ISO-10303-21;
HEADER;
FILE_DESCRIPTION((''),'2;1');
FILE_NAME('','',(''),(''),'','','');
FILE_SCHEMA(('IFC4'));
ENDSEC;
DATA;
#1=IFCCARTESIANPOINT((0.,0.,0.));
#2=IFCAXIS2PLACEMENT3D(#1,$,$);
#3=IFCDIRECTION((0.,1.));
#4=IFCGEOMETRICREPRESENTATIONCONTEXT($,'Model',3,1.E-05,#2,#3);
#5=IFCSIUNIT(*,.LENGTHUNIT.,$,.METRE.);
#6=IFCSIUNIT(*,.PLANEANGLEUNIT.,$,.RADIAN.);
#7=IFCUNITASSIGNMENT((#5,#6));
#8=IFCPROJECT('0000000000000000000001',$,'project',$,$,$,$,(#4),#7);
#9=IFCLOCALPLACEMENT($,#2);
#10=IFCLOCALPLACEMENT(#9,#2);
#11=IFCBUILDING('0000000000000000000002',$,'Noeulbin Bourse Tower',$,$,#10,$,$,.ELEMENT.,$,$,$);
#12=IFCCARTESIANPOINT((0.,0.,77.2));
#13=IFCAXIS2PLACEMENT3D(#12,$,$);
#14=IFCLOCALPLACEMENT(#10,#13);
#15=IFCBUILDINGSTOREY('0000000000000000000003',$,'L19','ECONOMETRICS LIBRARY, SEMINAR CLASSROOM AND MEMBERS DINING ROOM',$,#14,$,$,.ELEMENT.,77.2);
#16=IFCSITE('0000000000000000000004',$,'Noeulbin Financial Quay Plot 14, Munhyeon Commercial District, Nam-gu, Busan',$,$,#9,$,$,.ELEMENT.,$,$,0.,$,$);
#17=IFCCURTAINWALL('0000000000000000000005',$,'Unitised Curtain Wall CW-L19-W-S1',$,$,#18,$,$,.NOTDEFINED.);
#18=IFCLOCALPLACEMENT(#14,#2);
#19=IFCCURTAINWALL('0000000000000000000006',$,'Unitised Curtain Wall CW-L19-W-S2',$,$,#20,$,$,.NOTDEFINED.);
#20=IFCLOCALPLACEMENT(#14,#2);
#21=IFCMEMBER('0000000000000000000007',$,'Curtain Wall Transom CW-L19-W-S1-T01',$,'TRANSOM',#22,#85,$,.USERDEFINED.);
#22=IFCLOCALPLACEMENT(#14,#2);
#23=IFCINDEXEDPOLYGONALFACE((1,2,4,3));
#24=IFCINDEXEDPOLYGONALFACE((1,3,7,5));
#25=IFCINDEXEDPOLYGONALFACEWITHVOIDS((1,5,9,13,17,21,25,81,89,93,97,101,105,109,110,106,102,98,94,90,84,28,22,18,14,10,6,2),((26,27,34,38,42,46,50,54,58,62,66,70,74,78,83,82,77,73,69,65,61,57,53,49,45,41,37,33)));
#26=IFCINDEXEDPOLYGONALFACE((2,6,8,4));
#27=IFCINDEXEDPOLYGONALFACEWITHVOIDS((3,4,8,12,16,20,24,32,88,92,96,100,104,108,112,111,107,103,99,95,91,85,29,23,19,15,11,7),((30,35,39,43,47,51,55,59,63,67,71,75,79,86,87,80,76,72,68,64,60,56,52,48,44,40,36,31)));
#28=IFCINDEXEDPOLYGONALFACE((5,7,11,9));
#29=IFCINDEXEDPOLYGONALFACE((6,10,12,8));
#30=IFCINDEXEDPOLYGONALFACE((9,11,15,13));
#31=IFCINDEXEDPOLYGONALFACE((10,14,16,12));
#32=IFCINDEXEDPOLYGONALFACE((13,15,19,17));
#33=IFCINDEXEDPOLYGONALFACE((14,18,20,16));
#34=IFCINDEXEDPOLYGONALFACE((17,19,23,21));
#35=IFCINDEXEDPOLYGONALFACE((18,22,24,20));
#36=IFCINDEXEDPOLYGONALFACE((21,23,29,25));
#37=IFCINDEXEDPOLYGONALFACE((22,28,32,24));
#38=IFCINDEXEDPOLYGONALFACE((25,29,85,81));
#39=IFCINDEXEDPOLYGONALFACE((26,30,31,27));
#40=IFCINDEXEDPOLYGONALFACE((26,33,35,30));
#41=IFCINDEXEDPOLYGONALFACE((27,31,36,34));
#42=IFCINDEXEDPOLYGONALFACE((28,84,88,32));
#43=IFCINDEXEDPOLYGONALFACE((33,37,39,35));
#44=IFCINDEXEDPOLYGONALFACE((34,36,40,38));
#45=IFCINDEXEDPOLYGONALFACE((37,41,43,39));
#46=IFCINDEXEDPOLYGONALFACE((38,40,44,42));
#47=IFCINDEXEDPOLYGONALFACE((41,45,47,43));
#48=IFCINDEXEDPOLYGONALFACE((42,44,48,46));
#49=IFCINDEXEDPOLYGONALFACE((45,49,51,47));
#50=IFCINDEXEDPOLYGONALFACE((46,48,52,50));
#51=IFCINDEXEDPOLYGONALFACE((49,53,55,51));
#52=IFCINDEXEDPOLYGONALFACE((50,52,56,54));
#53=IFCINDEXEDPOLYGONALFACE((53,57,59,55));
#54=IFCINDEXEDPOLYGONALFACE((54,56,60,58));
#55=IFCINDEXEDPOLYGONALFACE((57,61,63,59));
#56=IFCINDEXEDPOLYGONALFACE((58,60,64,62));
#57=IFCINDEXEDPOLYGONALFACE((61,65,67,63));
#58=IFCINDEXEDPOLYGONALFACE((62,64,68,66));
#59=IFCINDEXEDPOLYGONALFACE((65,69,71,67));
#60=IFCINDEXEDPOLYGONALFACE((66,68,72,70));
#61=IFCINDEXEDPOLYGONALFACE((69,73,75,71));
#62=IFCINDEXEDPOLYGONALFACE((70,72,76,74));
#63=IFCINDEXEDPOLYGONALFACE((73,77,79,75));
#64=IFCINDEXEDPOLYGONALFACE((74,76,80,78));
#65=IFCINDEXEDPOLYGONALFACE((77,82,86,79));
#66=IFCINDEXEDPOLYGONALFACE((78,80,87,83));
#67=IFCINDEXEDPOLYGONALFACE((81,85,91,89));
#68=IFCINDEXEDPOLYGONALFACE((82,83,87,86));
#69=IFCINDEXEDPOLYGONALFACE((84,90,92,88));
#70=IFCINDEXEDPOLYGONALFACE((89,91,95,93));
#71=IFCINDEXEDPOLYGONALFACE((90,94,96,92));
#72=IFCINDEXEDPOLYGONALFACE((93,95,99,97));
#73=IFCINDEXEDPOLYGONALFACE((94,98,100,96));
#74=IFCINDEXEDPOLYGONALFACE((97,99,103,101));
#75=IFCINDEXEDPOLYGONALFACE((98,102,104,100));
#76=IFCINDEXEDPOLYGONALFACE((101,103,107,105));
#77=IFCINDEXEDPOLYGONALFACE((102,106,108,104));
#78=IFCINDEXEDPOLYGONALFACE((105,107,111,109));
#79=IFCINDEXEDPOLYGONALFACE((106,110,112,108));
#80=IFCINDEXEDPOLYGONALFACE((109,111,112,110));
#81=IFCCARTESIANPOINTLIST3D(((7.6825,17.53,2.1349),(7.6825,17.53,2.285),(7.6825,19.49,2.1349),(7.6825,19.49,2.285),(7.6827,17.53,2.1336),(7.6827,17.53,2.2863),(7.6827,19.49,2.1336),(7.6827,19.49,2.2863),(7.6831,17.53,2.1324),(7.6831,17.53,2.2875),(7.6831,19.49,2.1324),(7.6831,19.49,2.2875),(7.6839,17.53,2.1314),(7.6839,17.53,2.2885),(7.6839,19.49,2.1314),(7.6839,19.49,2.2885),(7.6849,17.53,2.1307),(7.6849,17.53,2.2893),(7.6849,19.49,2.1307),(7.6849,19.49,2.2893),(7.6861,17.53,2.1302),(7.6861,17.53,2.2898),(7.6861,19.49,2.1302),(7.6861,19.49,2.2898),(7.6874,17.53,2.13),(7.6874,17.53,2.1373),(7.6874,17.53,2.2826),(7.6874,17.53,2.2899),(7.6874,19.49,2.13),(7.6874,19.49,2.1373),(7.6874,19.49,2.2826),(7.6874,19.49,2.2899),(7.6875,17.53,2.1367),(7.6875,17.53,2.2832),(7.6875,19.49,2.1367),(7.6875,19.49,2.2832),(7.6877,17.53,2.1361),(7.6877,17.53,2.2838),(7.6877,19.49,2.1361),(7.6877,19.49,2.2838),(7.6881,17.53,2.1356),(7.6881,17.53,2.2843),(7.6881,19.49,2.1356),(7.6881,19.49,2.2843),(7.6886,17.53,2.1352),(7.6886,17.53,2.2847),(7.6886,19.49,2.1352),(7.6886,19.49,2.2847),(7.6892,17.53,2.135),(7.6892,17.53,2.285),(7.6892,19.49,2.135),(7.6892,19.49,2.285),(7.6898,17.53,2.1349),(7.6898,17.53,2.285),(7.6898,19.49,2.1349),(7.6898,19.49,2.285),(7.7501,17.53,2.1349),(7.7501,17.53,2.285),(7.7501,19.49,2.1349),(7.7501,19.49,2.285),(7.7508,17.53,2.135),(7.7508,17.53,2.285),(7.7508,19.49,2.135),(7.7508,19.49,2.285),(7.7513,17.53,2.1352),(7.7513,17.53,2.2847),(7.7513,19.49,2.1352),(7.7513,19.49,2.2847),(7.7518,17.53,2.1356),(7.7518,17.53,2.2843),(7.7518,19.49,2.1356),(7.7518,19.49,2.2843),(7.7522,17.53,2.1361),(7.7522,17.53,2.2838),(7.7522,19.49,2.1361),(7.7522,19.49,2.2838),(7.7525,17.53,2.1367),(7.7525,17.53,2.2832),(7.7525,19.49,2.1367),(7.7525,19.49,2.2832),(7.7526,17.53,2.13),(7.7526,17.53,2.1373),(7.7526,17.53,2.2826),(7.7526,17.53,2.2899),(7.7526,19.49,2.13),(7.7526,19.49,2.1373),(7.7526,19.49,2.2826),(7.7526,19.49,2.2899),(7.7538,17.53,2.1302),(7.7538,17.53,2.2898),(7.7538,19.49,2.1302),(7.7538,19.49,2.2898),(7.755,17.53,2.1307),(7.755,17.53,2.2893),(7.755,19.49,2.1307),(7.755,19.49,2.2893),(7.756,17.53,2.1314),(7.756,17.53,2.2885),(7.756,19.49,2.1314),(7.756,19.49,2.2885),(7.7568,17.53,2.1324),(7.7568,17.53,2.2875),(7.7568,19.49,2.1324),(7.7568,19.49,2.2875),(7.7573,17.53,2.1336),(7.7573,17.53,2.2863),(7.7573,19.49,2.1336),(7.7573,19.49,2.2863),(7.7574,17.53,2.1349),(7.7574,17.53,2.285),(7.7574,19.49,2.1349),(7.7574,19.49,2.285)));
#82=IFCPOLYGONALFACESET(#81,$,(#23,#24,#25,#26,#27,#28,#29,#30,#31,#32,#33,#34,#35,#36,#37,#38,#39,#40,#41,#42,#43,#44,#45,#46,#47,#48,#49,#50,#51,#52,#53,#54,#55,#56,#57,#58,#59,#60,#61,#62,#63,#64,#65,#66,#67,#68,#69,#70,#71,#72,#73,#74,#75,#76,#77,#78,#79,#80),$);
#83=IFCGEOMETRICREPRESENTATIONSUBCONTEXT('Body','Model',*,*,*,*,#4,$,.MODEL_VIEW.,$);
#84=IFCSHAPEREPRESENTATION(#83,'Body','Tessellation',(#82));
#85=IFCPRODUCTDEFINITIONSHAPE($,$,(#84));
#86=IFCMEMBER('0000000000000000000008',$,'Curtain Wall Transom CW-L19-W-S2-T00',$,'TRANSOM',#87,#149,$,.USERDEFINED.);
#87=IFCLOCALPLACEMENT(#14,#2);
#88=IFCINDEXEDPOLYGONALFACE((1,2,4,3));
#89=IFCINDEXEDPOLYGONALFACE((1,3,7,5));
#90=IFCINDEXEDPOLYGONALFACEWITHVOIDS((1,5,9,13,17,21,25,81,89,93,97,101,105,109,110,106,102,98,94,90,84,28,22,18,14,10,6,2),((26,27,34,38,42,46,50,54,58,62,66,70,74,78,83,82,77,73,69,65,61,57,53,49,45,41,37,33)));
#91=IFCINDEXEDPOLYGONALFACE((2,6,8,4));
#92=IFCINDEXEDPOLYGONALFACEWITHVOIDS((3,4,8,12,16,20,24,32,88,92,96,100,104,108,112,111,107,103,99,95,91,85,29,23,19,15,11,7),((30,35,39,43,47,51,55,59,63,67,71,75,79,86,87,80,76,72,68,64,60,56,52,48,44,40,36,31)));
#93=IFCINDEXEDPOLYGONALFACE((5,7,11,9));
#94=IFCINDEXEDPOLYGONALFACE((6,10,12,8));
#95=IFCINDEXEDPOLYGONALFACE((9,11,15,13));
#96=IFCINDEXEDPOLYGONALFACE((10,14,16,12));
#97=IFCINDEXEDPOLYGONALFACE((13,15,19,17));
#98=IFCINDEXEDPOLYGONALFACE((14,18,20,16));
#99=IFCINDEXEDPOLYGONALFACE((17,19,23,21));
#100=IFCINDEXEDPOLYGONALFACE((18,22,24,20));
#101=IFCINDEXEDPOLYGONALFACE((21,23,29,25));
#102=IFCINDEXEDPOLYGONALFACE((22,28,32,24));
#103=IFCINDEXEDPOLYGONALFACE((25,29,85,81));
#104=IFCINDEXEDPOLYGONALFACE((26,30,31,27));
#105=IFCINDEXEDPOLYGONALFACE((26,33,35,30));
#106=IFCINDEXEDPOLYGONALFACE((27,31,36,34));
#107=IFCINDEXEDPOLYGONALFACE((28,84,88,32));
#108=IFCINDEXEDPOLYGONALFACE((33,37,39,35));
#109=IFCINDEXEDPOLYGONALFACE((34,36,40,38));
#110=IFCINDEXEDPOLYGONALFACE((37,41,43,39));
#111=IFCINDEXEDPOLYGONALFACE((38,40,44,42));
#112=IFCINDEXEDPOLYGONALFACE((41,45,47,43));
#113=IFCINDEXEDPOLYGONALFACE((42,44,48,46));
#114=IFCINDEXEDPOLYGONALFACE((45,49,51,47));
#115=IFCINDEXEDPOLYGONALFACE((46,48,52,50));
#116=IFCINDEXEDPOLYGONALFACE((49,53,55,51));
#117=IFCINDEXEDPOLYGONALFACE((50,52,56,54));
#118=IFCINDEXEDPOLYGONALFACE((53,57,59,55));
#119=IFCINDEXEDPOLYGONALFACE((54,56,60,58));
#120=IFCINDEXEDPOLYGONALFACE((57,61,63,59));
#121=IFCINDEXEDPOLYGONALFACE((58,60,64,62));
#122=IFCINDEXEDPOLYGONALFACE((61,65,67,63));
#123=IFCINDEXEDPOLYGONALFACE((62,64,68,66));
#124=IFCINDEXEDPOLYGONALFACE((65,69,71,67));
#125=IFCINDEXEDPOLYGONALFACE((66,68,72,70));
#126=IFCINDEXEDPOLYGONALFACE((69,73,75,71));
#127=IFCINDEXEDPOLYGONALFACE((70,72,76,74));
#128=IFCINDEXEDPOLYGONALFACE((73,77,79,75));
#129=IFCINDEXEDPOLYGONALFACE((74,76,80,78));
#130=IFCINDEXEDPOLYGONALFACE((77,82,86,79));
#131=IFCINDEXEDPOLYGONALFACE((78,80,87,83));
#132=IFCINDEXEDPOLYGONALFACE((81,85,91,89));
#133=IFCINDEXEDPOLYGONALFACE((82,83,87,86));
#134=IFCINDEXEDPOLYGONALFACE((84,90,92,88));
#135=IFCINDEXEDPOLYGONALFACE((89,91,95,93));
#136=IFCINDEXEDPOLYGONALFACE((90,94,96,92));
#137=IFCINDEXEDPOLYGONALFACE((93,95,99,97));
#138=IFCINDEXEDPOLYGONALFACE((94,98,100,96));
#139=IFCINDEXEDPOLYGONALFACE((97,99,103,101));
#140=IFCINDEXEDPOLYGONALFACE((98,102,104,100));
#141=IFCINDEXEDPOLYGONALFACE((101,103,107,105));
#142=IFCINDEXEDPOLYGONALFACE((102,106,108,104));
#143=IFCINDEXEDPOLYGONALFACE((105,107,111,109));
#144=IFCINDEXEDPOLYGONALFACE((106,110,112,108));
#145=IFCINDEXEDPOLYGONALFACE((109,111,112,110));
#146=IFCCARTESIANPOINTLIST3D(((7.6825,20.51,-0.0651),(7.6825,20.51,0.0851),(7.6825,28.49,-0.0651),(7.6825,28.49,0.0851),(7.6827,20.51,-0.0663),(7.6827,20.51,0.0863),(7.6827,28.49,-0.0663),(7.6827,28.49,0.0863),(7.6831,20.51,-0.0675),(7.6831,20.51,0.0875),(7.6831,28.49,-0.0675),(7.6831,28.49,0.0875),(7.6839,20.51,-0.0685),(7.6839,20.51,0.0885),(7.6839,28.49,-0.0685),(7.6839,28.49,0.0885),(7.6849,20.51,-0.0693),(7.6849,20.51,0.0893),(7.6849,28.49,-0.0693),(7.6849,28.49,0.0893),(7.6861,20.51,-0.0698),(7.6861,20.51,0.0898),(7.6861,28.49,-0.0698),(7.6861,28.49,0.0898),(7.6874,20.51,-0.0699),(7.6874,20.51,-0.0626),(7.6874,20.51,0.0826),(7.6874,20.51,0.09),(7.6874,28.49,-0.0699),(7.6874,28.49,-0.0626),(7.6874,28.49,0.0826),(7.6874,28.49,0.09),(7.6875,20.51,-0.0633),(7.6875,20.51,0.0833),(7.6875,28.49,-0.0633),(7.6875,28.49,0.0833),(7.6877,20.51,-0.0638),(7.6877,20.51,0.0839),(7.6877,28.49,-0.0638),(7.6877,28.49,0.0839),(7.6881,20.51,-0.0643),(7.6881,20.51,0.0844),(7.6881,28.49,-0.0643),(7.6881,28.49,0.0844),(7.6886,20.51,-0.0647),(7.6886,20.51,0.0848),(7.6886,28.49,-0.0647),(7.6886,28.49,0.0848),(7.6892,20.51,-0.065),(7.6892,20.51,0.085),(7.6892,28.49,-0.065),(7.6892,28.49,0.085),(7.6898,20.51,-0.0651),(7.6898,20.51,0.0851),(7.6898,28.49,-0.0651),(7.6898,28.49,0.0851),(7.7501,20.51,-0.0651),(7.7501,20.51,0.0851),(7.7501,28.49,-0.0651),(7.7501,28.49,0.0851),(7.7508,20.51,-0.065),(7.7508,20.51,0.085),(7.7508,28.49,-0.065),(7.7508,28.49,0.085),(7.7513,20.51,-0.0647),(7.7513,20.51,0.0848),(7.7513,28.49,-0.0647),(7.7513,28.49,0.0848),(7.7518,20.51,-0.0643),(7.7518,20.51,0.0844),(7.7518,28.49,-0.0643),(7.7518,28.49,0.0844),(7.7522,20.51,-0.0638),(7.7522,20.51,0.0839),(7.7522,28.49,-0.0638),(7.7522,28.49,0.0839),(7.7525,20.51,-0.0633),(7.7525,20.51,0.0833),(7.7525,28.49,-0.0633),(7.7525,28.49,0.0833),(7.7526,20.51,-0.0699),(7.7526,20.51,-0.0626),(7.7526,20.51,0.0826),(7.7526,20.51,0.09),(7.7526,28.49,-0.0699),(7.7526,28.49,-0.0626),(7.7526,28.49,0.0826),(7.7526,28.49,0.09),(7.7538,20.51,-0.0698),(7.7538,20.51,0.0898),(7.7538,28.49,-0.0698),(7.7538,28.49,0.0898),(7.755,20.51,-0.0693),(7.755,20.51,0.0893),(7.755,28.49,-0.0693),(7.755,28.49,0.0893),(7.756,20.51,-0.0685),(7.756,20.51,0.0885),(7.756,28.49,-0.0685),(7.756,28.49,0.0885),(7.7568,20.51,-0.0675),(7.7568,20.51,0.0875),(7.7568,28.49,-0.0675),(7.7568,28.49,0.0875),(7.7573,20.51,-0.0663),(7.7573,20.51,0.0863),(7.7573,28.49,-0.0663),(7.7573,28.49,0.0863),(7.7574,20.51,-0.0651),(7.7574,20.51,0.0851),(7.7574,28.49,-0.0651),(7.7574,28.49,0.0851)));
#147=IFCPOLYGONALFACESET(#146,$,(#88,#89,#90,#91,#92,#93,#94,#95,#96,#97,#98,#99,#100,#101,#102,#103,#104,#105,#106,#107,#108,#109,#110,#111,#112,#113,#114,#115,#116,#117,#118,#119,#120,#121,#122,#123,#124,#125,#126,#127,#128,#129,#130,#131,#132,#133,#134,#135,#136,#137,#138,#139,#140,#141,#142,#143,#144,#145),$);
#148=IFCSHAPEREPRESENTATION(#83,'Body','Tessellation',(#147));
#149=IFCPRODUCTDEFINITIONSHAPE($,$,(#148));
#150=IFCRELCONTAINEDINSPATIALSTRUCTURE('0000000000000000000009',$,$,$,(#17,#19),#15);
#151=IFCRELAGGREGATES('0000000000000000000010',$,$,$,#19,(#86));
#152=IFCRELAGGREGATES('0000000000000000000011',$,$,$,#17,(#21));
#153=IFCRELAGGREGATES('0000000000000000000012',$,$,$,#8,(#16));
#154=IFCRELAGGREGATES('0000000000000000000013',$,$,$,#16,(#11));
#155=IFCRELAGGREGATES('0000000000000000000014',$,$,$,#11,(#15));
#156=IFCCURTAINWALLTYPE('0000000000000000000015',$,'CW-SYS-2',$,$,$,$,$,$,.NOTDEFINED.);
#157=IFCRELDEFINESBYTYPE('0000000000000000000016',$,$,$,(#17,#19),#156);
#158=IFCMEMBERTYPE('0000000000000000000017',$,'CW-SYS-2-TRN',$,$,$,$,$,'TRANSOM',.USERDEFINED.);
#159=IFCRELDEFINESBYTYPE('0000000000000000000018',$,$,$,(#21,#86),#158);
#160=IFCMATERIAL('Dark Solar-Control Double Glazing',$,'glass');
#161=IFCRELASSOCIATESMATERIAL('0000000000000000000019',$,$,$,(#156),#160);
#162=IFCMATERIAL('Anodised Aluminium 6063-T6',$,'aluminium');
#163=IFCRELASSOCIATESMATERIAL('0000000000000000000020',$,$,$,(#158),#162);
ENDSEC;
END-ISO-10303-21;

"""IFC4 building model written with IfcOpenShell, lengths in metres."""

from ifc_helpers import new_model, si_unit, direction, frame, origin, origin_2d, place, context, subcontext, project, spatial, hollow_rectangle, extrude, material, material_profile, profile_set, type_object, element, aggregate, save


model = new_model("IFC4")

# Units and contexts
model_context = context("Model", 3, precision=1e-05, world=origin(), true_north=direction((0.0, 1.0)))
body_context = subcontext(model_context, "Body", "Model", "MODEL_VIEW")
ifc_project = project(units=[si_unit("LENGTHUNIT", "METRE"), si_unit("PLANEANGLEUNIT", "RADIAN")], contexts=[model_context])

# Site, building, storey
site_placement = place(None, origin())
site = spatial("IfcSite", under=ifc_project, at=site_placement, Name="Noeulbin Financial Quay Plot 14, Munhyeon Commercial District, Nam-gu, Busan", CompositionType="ELEMENT", RefElevation=0.0)
building_placement = place(site_placement, origin())
building = spatial("IfcBuilding", under=site, at=building_placement, Name="Noeulbin Bourse Tower", CompositionType="ELEMENT")
storey_placement = place(building_placement, frame((0.0, 0.0, 77.2)))
storey = spatial("IfcBuildingStorey", under=building, at=storey_placement, Name="L19", Description="ECONOMETRICS LIBRARY, SEMINAR CLASSROOM AND MEMBERS DINING ROOM", CompositionType="ELEMENT", Elevation=77.2)

# Curtain wall
ifc_material_1 = material(Name="Dark Solar-Control Double Glazing", Category="glass")
curtain_wall_type = type_object("IfcCurtainWallType", Name="CW-SYS-2", PredefinedType="NOTDEFINED", material=ifc_material_1)
curtain_wall_1_placement = place(storey_placement, origin())
curtain_wall_1 = element("IfcCurtainWall", 1, at=curtain_wall_1_placement, inside=storey, type_object=curtain_wall_type, Name="Unitised Curtain Wall CW-L19-W-S1", PredefinedType="NOTDEFINED")
ifc_material_2 = material(Name="Anodised Aluminium 6063-T6", Category="aluminium")

# Curtain wall
curtain_wall_2_placement = place(storey_placement, origin())
curtain_wall_2 = element("IfcCurtainWall", 2, at=curtain_wall_2_placement, inside=storey, type_object=curtain_wall_type, Name="Unitised Curtain Wall CW-L19-W-S2", PredefinedType="NOTDEFINED")

# Members
ifc_material_profile_1 = material_profile(ifc_material_2, hollow_rectangle(XDim=0.075, YDim=0.1599, WallThickness=0.0049, InnerFilletRadius=0.0024, OuterFilletRadius=0.0049, at=origin_2d()), Name="ALU-TRAN-75x160x5", Category="LoadBearing")
ifc_profile_set_1 = profile_set([ifc_material_profile_1], Name="Anodised Aluminium 6063-T6")
member_type_1 = type_object("IfcMemberType", Name="CW-SYS-2-TRN", ElementType="TRANSOM", PredefinedType="USERDEFINED", material=ifc_profile_set_1)
member_1_placement = place(storey_placement, frame((7.72, 17.53, 2.21), z_axis=(0.0, 1.0, 0.0), x_axis=(-1.0, 0.0, 0.0)))
member_1 = element("IfcMember", 3, at=member_1_placement, type_object=member_type_1, Name="Curtain Wall Transom CW-L19-W-S1-T01", ObjectType="TRANSOM", PredefinedType="USERDEFINED", context=body_context, shape_type="SweptSolid", body=[
    extrude(hollow_rectangle(XDim=0.075, YDim=0.1599, WallThickness=0.0049, InnerFilletRadius=0.0024, OuterFilletRadius=0.0049, at=origin_2d()), origin(), (0.0, 0.0, 1.0), 1.96),
])
member_2_placement = place(storey_placement, frame((7.72, 20.51, 0.01), z_axis=(0.0, 1.0, 0.0), x_axis=(-1.0, 0.0, 0.0)))
member_2 = element("IfcMember", 4, at=member_2_placement, type_object=member_type_1, Name="Curtain Wall Transom CW-L19-W-S2-T00", ObjectType="TRANSOM", PredefinedType="USERDEFINED", context=body_context, shape_type="SweptSolid", body=[
    extrude(hollow_rectangle(XDim=0.075, YDim=0.1599, WallThickness=0.0049, InnerFilletRadius=0.0024, OuterFilletRadius=0.0049, at=origin_2d()), origin(), (0.0, 0.0, 1.0), 7.98),
])
aggregate(curtain_wall_2, [member_2])

aggregate(curtain_wall_1, [member_1])

save(model, "model.ifc")
